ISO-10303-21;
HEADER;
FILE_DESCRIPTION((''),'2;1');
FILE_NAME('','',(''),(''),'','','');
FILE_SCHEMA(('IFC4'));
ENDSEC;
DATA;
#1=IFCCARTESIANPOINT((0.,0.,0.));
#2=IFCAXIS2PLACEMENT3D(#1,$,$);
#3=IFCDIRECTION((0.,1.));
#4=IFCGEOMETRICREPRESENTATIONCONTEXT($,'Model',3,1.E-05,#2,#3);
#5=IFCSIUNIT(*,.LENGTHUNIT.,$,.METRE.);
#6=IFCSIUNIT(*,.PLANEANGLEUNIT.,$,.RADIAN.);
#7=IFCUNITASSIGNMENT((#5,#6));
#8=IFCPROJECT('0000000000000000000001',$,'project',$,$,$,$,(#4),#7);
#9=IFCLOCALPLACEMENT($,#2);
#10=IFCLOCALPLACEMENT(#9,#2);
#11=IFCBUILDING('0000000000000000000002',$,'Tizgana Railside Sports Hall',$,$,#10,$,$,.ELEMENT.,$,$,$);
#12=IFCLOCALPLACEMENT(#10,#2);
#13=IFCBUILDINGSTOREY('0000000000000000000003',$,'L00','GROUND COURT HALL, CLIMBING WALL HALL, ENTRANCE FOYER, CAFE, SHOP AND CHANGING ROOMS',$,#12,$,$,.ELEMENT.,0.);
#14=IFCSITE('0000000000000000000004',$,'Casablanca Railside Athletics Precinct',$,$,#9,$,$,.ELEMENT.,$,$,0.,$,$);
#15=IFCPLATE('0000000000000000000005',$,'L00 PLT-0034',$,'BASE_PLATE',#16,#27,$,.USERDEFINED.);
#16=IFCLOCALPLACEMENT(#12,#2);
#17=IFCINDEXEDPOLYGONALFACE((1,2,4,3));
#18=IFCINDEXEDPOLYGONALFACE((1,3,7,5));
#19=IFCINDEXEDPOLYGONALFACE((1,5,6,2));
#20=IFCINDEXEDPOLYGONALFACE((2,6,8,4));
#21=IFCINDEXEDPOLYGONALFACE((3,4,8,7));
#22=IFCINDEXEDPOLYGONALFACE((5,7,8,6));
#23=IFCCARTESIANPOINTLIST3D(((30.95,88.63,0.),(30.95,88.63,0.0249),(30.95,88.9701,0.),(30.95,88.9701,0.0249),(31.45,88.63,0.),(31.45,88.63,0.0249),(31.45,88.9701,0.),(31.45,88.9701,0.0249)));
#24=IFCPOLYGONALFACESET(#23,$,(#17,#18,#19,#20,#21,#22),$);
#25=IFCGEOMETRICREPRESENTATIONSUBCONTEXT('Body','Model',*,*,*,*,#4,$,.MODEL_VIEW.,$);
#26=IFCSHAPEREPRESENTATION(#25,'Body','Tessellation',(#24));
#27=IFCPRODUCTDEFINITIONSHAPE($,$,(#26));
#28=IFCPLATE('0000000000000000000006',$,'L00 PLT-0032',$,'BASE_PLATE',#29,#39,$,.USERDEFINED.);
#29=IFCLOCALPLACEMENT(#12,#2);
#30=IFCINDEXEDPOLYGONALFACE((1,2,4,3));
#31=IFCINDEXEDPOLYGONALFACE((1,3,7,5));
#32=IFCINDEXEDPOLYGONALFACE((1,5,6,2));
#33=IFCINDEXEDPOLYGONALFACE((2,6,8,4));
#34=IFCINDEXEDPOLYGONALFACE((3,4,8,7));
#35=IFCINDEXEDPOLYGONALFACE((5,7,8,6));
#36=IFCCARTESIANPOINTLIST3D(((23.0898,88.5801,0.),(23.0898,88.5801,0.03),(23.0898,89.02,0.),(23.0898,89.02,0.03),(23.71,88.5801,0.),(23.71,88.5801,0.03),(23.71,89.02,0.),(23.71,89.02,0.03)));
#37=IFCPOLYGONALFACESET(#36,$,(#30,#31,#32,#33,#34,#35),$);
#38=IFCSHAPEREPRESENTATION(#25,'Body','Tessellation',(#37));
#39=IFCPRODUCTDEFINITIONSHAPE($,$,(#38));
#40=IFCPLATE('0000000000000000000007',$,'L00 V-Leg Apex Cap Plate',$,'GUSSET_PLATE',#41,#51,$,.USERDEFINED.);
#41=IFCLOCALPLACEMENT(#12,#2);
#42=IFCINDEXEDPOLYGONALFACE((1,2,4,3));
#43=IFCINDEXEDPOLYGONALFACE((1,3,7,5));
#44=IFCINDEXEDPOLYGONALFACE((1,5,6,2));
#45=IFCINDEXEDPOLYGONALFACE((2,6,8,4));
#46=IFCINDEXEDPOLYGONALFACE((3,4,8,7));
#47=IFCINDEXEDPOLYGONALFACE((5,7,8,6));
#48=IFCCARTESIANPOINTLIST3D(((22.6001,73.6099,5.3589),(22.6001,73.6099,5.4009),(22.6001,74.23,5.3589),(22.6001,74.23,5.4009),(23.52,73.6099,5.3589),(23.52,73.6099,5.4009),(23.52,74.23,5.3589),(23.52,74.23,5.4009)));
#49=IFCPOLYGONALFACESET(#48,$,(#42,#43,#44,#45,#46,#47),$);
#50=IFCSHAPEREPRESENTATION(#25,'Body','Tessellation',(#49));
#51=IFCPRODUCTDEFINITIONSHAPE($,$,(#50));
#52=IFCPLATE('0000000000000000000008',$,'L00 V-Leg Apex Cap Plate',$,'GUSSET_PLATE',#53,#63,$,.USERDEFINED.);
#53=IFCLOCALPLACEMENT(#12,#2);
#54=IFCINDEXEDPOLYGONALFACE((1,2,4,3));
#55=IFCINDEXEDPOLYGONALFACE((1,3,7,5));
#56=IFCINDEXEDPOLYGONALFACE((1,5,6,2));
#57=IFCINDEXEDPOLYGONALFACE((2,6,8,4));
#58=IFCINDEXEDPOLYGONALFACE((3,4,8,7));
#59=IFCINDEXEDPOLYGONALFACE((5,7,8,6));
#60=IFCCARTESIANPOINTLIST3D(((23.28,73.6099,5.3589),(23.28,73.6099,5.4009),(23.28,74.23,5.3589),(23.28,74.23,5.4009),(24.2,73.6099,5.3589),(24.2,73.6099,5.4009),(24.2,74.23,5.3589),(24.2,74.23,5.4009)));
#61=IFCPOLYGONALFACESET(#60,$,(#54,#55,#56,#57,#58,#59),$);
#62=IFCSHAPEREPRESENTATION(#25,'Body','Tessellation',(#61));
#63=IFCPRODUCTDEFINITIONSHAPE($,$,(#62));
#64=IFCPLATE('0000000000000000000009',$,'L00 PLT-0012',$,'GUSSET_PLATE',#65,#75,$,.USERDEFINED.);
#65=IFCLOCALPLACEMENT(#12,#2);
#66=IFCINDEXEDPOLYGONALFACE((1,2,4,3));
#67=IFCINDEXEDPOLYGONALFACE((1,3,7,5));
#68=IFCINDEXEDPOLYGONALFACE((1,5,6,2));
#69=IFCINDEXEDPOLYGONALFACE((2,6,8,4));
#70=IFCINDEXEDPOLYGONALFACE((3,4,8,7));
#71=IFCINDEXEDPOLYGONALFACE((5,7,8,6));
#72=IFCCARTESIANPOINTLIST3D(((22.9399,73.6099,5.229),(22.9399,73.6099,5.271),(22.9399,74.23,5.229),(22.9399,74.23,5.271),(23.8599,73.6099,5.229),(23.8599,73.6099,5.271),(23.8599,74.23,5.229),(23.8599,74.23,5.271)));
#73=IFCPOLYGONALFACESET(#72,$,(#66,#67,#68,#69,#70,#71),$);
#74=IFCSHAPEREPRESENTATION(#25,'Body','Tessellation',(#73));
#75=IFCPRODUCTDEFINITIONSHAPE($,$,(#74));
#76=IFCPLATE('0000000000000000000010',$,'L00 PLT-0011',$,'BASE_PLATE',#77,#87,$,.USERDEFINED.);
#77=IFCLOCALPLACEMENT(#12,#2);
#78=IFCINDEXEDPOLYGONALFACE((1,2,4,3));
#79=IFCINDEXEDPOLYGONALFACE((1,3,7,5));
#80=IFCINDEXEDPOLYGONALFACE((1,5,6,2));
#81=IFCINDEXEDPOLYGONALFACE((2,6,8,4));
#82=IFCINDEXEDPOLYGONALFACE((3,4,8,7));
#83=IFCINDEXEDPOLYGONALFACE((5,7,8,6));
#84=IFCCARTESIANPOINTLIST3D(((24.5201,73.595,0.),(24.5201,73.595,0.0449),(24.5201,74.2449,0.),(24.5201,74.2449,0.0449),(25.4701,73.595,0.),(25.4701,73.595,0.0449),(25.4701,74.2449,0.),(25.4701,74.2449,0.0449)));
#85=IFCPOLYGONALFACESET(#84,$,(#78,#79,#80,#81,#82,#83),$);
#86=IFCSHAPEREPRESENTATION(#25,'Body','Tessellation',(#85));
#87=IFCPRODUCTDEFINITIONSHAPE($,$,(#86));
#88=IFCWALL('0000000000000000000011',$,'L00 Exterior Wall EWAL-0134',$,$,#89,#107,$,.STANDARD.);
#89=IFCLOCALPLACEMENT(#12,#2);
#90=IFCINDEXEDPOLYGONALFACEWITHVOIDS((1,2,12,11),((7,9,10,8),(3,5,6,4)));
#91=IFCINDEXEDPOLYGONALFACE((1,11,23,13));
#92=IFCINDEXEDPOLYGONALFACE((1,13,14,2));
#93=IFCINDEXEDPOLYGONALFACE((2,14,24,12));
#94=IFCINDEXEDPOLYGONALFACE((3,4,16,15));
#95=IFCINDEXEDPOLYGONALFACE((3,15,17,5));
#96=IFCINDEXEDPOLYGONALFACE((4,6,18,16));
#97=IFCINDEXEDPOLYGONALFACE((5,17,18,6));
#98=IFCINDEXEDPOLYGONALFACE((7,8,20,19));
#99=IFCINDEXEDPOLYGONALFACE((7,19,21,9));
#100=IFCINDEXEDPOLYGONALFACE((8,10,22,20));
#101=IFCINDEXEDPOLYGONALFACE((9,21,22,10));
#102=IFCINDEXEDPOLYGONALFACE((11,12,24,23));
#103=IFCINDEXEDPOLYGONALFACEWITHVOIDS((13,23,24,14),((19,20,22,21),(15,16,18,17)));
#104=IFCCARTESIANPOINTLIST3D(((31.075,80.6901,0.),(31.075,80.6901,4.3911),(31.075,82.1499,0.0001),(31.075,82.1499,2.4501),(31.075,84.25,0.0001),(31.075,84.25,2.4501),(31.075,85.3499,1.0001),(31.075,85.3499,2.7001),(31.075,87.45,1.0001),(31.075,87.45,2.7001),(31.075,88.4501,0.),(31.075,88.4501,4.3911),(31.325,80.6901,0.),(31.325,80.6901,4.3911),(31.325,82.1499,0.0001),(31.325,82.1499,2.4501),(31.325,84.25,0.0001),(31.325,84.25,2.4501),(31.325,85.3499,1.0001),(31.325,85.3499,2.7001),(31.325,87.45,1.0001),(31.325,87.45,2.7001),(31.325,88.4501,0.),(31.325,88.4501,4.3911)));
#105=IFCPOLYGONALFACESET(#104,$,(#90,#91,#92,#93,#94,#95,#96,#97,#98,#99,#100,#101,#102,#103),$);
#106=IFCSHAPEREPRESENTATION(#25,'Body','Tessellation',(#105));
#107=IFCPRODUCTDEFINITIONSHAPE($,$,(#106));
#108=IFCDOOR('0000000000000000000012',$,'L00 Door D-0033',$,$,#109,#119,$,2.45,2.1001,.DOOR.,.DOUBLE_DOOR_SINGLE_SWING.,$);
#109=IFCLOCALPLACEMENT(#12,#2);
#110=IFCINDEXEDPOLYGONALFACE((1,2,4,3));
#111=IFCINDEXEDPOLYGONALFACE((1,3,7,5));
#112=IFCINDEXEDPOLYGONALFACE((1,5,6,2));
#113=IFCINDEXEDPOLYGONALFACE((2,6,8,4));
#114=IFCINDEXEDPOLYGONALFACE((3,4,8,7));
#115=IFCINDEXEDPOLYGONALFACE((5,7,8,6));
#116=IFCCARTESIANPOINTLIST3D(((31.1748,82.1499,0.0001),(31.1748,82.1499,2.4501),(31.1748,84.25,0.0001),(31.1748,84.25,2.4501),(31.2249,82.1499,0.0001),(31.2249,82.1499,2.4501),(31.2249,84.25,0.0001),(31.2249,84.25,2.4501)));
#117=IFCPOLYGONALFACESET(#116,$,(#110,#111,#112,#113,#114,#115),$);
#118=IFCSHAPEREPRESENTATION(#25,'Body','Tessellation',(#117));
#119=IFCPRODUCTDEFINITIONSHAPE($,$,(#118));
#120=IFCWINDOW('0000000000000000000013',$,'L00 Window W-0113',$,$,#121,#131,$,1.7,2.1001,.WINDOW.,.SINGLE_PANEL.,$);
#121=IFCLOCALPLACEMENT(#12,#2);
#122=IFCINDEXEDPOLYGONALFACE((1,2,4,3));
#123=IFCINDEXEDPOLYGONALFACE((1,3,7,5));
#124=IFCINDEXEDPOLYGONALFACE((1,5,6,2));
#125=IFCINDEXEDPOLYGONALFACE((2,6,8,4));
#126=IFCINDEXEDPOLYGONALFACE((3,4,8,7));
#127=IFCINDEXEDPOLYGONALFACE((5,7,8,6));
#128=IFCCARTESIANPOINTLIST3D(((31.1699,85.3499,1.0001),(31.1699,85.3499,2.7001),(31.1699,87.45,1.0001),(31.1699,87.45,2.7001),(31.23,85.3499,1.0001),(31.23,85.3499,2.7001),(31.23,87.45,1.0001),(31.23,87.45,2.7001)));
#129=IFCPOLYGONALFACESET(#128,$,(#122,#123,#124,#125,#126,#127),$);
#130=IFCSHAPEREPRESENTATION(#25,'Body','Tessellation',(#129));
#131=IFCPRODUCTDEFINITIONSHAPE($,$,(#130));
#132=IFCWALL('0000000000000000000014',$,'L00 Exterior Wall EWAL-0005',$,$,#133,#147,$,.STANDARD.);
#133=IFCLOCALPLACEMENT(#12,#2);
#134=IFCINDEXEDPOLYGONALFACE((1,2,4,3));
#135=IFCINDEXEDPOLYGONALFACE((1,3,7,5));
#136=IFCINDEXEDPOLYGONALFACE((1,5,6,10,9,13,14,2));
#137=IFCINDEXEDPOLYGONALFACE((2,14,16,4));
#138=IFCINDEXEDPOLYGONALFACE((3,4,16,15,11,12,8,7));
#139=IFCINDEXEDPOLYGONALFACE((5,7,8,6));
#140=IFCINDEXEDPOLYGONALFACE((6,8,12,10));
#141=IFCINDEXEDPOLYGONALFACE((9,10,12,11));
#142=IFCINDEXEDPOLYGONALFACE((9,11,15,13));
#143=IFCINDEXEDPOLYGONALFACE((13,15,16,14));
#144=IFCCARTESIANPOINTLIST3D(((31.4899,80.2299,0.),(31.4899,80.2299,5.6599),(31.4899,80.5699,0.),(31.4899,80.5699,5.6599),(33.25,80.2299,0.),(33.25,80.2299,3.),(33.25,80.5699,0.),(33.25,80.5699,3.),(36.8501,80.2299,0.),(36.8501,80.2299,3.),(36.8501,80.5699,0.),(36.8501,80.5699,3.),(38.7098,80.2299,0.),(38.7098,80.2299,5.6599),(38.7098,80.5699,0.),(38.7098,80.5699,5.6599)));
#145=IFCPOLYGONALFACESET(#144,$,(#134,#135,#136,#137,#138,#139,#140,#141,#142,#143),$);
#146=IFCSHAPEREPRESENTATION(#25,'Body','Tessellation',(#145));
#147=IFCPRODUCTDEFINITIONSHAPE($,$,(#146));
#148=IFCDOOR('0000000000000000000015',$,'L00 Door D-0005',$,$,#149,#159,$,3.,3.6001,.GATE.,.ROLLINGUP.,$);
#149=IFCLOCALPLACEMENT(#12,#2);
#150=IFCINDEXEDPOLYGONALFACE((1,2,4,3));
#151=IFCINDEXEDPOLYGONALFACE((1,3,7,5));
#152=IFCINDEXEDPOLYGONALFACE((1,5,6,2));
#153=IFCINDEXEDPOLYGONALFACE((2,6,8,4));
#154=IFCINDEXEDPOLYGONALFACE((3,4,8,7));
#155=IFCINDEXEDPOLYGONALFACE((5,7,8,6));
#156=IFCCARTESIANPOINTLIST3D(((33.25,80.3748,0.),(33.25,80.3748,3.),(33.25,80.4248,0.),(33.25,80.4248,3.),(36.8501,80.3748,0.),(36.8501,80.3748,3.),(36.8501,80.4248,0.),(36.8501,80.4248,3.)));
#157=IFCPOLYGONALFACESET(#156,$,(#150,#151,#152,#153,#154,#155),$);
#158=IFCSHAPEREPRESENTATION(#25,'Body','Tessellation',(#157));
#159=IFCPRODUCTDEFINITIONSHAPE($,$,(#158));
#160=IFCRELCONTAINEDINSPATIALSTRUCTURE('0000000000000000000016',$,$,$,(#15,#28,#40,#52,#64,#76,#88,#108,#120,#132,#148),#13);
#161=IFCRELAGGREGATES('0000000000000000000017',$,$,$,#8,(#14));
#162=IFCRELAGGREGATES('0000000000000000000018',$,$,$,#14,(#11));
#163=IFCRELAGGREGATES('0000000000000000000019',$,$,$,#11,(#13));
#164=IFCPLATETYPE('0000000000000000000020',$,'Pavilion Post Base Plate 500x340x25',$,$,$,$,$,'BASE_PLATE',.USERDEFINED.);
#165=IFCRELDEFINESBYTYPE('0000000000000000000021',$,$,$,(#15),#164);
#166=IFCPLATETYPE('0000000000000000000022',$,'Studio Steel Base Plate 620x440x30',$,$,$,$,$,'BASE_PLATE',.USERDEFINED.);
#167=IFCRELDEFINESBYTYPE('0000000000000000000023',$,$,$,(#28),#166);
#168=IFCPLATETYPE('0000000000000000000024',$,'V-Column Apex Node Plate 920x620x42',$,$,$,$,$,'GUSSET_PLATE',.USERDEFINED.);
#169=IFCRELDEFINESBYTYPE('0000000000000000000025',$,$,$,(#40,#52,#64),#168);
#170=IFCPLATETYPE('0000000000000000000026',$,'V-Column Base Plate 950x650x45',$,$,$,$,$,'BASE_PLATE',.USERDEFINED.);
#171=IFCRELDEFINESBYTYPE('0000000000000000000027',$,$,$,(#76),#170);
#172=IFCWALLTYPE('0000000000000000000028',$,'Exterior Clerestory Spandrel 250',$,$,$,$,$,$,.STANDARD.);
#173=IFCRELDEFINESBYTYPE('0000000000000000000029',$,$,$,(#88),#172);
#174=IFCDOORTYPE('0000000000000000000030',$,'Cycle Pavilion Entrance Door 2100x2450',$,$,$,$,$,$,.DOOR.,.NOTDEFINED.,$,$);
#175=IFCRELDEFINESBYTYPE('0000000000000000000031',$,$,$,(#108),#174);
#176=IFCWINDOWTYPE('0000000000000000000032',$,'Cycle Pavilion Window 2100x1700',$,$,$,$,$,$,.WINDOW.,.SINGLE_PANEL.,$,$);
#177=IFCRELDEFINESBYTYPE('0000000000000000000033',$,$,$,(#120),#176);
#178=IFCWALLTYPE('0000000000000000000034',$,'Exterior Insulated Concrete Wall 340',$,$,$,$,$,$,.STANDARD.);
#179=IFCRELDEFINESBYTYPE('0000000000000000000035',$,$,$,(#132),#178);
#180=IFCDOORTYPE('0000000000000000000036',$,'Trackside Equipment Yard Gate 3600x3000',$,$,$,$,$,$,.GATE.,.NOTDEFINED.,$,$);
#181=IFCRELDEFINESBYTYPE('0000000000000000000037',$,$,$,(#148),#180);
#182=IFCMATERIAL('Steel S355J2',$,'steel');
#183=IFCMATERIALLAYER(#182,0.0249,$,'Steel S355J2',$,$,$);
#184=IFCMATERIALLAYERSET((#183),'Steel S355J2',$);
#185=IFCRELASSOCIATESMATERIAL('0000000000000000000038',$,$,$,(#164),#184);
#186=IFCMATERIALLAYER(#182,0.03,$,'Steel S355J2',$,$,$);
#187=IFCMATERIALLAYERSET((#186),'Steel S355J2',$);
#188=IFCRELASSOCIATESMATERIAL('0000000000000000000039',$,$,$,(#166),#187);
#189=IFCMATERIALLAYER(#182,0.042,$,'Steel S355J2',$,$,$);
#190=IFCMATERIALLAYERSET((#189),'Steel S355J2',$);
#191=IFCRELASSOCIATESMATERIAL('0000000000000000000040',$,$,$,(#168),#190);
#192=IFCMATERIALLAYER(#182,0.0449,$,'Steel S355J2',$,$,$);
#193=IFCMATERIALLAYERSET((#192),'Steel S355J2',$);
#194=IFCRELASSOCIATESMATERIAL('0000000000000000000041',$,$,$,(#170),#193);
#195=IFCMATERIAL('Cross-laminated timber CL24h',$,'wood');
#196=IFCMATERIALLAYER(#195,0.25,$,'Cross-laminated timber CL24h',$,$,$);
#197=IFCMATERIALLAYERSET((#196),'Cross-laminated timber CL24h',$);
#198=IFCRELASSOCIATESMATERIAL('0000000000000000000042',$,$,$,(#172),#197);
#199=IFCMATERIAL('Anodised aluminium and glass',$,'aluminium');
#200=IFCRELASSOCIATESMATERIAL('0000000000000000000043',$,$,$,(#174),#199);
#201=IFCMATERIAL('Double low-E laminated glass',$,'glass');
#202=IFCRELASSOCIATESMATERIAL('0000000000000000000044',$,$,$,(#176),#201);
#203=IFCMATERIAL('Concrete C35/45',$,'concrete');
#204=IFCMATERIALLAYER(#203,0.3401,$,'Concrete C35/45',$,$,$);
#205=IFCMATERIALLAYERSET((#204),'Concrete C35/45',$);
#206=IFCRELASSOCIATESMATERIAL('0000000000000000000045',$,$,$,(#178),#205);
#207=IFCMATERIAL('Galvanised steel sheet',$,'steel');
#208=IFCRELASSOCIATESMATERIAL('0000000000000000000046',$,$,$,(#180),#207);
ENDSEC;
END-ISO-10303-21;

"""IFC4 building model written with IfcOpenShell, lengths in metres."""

from ifc_helpers import new_model, si_unit, direction, frame, frame_2d, origin, origin_2d, place, context, subcontext, project, spatial, rectangle, extrude, material, layer, layer_set, type_object, element, fill, save


model = new_model("IFC4")

# Units and contexts
model_context = context("Model", 3, precision=1e-05, world=origin(), true_north=direction((0.0, 1.0)))
body_context = subcontext(model_context, "Body", "Model", "MODEL_VIEW")
ifc_project = project(units=[si_unit("LENGTHUNIT", "METRE"), si_unit("PLANEANGLEUNIT", "RADIAN")], contexts=[model_context])

# Site, building, storey
site_placement = place(None, origin())
site = spatial("IfcSite", under=ifc_project, at=site_placement, Name="Casablanca Railside Athletics Precinct", CompositionType="ELEMENT", RefElevation=0.0)
building_placement = place(site_placement, origin())
building = spatial("IfcBuilding", under=site, at=building_placement, Name="Tizgana Railside Sports Hall", CompositionType="ELEMENT")
storey_placement = place(building_placement, origin())
storey = spatial("IfcBuildingStorey", under=building, at=storey_placement, Name="L00", Description="GROUND COURT HALL, CLIMBING WALL HALL, ENTRANCE FOYER, CAFE, SHOP AND CHANGING ROOMS", CompositionType="ELEMENT", Elevation=0.0)

# Shared definitions
ifc_material_1 = material(Name="Concrete C35/45", Category="concrete")
ifc_material_2 = material(Name="Steel S355J2", Category="steel")

# Plates
ifc_layer_1 = layer(ifc_material_2, 0.0249, Name="Steel S355J2")
ifc_layer_set_1 = layer_set([ifc_layer_1], Name="Steel S355J2")
plate_type_1 = type_object("IfcPlateType", Name="Pavilion Post Base Plate 500x340x25", ElementType="BASE_PLATE", PredefinedType="USERDEFINED", material=ifc_layer_set_1)
plate_1_placement = place(storey_placement, frame((31.2, 88.8, 0.0), z_axis=(0.0, 0.0, 1.0), x_axis=(1.0, 0.0, 0.0)))
element("IfcPlate", 1, at=plate_1_placement, inside=storey, type_object=plate_type_1, Name="L00 PLT-0034", ObjectType="BASE_PLATE", PredefinedType="USERDEFINED", context=body_context, shape_type="SweptSolid", body=[
    extrude(rectangle(XDim=0.5, YDim=0.3401, at=origin_2d()), origin(), (0.0, 0.0, 1.0), 0.0249),
])
ifc_layer_2 = layer(ifc_material_2, 0.03, Name="Steel S355J2")
ifc_layer_set_2 = layer_set([ifc_layer_2], Name="Steel S355J2")
plate_type_2 = type_object("IfcPlateType", Name="Studio Steel Base Plate 620x440x30", ElementType="BASE_PLATE", PredefinedType="USERDEFINED", material=ifc_layer_set_2)
plate_2_placement = place(storey_placement, frame((23.3999, 88.8, 0.0), z_axis=(0.0, 0.0, 1.0), x_axis=(1.0, 0.0, 0.0)))
element("IfcPlate", 2, at=plate_2_placement, inside=storey, type_object=plate_type_2, Name="L00 PLT-0032", ObjectType="BASE_PLATE", PredefinedType="USERDEFINED", context=body_context, shape_type="SweptSolid", body=[
    extrude(rectangle(XDim=0.6201, YDim=0.4399, at=origin_2d()), origin(), (0.0, 0.0, 1.0), 0.03),
])
ifc_layer_3 = layer(ifc_material_2, 0.042, Name="Steel S355J2")
ifc_layer_set_3 = layer_set([ifc_layer_3], Name="Steel S355J2")
plate_type_3 = type_object("IfcPlateType", Name="V-Column Apex Node Plate 920x620x42", ElementType="GUSSET_PLATE", PredefinedType="USERDEFINED", material=ifc_layer_set_3)
for number, where, z_axis, x_axis, name in (
    (3, (23.0601, 73.9199, 5.3589), (0.0, 0.0, 1.0), (1.0, 0.0, 0.0), "L00 V-Leg Apex Cap Plate"),
    (4, (23.74, 73.9199, 5.3589), (0.0, 0.0, 1.0), (1.0, 0.0, 0.0), "L00 V-Leg Apex Cap Plate"),
    (5, (23.3999, 73.9199, 5.229), (0.0, 0.0, 1.0), (1.0, 0.0, 0.0), "L00 PLT-0012"),
):
    element("IfcPlate", number, at=place(storey_placement, frame(where, z_axis=z_axis, x_axis=x_axis)), inside=storey, type_object=plate_type_3, Name=name, ObjectType="GUSSET_PLATE", PredefinedType="USERDEFINED", context=body_context, shape_type="SweptSolid", body=[
        extrude(rectangle(XDim=0.9199, YDim=0.6201, at=origin_2d()), origin(), (0.0, 0.0, 1.0), 0.042),
    ])
ifc_layer_4 = layer(ifc_material_2, 0.0449, Name="Steel S355J2")
ifc_layer_set_4 = layer_set([ifc_layer_4], Name="Steel S355J2")
plate_type_4 = type_object("IfcPlateType", Name="V-Column Base Plate 950x650x45", ElementType="BASE_PLATE", PredefinedType="USERDEFINED", material=ifc_layer_set_4)
plate_3_placement = place(storey_placement, frame((24.9951, 73.9199, 0.0), z_axis=(0.0, 0.0, 1.0), x_axis=(1.0, 0.0, 0.0)))
element("IfcPlate", 6, at=plate_3_placement, inside=storey, type_object=plate_type_4, Name="L00 PLT-0011", ObjectType="BASE_PLATE", PredefinedType="USERDEFINED", context=body_context, shape_type="SweptSolid", body=[
    extrude(rectangle(XDim=0.95, YDim=0.6499, at=origin_2d()), origin(), (0.0, 0.0, 1.0), 0.0449),
])

# Shared definitions
ifc_material_3 = material(Name="Galvanised steel sheet", Category="steel")

# Wall, openings, door, window
ifc_material_4 = material(Name="Cross-laminated timber CL24h", Category="wood")
ifc_layer_5 = layer(ifc_material_4, 0.25, Name="Cross-laminated timber CL24h")
ifc_layer_set_5 = layer_set([ifc_layer_5], Name="Cross-laminated timber CL24h")
wall_type_1 = type_object("IfcWallType", Name="Exterior Clerestory Spandrel 250", PredefinedType="STANDARD", material=ifc_layer_set_5)
wall_1_placement = place(storey_placement, frame((31.2, 88.45, 0.0), z_axis=(0.0, 0.0, 1.0), x_axis=(0.0, -1.0, 0.0)))
wall_1 = element("IfcWall", 7, at=wall_1_placement, inside=storey, type_object=wall_type_1, Name="L00 Exterior Wall EWAL-0134", PredefinedType="STANDARD", context=body_context, shape_type="SweptSolid", body=[
    extrude(rectangle(XDim=7.76, YDim=0.25, at=frame_2d((3.8799, 0.0))), origin(), (0.0, 0.0, 1.0), 4.3911),
])
opening_1_placement = place(wall_1_placement, frame((4.2, 0.0, 0.0)))
opening_1 = element("IfcOpeningElement", 8, at=opening_1_placement, cuts=wall_1, PredefinedType="OPENING", context=body_context, shape_type="SweptSolid", body=[
    extrude(rectangle(XDim=2.1001, YDim=2.45, at=frame_2d((1.05, 1.2251))), frame((0.0, 0.135, 0.0), z_axis=(0.0, -1.0, 0.0), x_axis=(1.0, 0.0, 0.0)), (0.0, 0.0, 1.0), 0.27),
])
opening_2_placement = place(wall_1_placement, frame((1.0, 0.0, 1.0)))
opening_2 = element("IfcOpeningElement", 9, at=opening_2_placement, cuts=wall_1, PredefinedType="OPENING", context=body_context, shape_type="SweptSolid", body=[
    extrude(rectangle(XDim=2.1001, YDim=1.7, at=frame_2d((1.05, 0.8501))), frame((0.0, 0.135, 0.0), z_axis=(0.0, -1.0, 0.0), x_axis=(1.0, 0.0, 0.0)), (0.0, 0.0, 1.0), 0.27),
])
ifc_material_5 = material(Name="Anodised aluminium and glass", Category="aluminium")
door_type_1 = type_object("IfcDoorType", Name="Cycle Pavilion Entrance Door 2100x2450", OperationType="NOTDEFINED", PredefinedType="DOOR", material=ifc_material_5)
door_1_placement = place(opening_1_placement, origin())
door_1 = element("IfcDoor", 10, at=door_1_placement, inside=storey, type_object=door_type_1, Name="L00 Door D-0033", OperationType="DOUBLE_DOOR_SINGLE_SWING", OverallHeight=2.45, OverallWidth=2.1001, PredefinedType="DOOR", context=body_context, shape_type="SweptSolid", body=[
    extrude(rectangle(XDim=2.1001, YDim=2.45, at=frame_2d((1.05, 1.2251))), frame((0.0, 0.0249, 0.0), z_axis=(0.0, -1.0, 0.0), x_axis=(1.0, 0.0, 0.0)), (0.0, 0.0, 1.0), 0.05),
])
fill(opening_1, door_1)
ifc_material_6 = material(Name="Double low-E laminated glass", Category="glass")
window_type = type_object("IfcWindowType", Name="Cycle Pavilion Window 2100x1700", PartitioningType="SINGLE_PANEL", PredefinedType="WINDOW", material=ifc_material_6)
window_placement = place(opening_2_placement, origin())
window = element("IfcWindow", 11, at=window_placement, inside=storey, type_object=window_type, Name="L00 Window W-0113", OverallHeight=1.7, OverallWidth=2.1001, PartitioningType="SINGLE_PANEL", PredefinedType="WINDOW", context=body_context, shape_type="SweptSolid", body=[
    extrude(rectangle(XDim=2.1001, YDim=1.7, at=frame_2d((1.05, 0.8501))), frame((0.0, 0.03, 0.0), z_axis=(0.0, -1.0, 0.0), x_axis=(1.0, 0.0, 0.0)), (0.0, 0.0, 1.0), 0.0601),
])
fill(opening_2, window)

# Wall, opening, door
ifc_layer_6 = layer(ifc_material_1, 0.3401, Name="Concrete C35/45")
ifc_layer_set_6 = layer_set([ifc_layer_6], Name="Concrete C35/45")
wall_type_2 = type_object("IfcWallType", Name="Exterior Insulated Concrete Wall 340", PredefinedType="STANDARD", material=ifc_layer_set_6)
wall_2_placement = place(storey_placement, frame((31.49, 80.3999, 0.0), z_axis=(0.0, 0.0, 1.0), x_axis=(1.0, 0.0, 0.0)))
wall_2 = element("IfcWall", 12, at=wall_2_placement, inside=storey, type_object=wall_type_2, Name="L00 Exterior Wall EWAL-0005", PredefinedType="STANDARD", context=body_context, shape_type="SweptSolid", body=[
    extrude(rectangle(XDim=7.22, YDim=0.3401, at=frame_2d((3.6099, 0.0))), origin(), (0.0, 0.0, 1.0), 5.6599),
])
opening_3_placement = place(wall_2_placement, frame((1.76, 0.0, 0.0)))
opening_3 = element("IfcOpeningElement", 13, at=opening_3_placement, cuts=wall_2, PredefinedType="OPENING", context=body_context, shape_type="SweptSolid", body=[
    extrude(rectangle(XDim=3.6001, YDim=3.0, at=frame_2d((1.8, 1.5))), frame((0.0, 0.1799, 0.0), z_axis=(0.0, -1.0, 0.0), x_axis=(1.0, 0.0, 0.0)), (0.0, 0.0, 1.0), 0.3601),
])
door_type_2 = type_object("IfcDoorType", Name="Trackside Equipment Yard Gate 3600x3000", OperationType="NOTDEFINED", PredefinedType="GATE", material=ifc_material_3)
door_2_placement = place(opening_3_placement, origin())
door_2 = element("IfcDoor", 14, at=door_2_placement, inside=storey, type_object=door_type_2, Name="L00 Door D-0005", OperationType="ROLLINGUP", OverallHeight=3.0, OverallWidth=3.6001, PredefinedType="GATE", context=body_context, shape_type="SweptSolid", body=[
    extrude(rectangle(XDim=3.6001, YDim=3.0, at=frame_2d((1.8, 1.5))), frame((0.0, 0.0249, 0.0), z_axis=(0.0, -1.0, 0.0), x_axis=(1.0, 0.0, 0.0)), (0.0, 0.0, 1.0), 0.05),
])
fill(opening_3, door_2)

save(model, "model.ifc")
